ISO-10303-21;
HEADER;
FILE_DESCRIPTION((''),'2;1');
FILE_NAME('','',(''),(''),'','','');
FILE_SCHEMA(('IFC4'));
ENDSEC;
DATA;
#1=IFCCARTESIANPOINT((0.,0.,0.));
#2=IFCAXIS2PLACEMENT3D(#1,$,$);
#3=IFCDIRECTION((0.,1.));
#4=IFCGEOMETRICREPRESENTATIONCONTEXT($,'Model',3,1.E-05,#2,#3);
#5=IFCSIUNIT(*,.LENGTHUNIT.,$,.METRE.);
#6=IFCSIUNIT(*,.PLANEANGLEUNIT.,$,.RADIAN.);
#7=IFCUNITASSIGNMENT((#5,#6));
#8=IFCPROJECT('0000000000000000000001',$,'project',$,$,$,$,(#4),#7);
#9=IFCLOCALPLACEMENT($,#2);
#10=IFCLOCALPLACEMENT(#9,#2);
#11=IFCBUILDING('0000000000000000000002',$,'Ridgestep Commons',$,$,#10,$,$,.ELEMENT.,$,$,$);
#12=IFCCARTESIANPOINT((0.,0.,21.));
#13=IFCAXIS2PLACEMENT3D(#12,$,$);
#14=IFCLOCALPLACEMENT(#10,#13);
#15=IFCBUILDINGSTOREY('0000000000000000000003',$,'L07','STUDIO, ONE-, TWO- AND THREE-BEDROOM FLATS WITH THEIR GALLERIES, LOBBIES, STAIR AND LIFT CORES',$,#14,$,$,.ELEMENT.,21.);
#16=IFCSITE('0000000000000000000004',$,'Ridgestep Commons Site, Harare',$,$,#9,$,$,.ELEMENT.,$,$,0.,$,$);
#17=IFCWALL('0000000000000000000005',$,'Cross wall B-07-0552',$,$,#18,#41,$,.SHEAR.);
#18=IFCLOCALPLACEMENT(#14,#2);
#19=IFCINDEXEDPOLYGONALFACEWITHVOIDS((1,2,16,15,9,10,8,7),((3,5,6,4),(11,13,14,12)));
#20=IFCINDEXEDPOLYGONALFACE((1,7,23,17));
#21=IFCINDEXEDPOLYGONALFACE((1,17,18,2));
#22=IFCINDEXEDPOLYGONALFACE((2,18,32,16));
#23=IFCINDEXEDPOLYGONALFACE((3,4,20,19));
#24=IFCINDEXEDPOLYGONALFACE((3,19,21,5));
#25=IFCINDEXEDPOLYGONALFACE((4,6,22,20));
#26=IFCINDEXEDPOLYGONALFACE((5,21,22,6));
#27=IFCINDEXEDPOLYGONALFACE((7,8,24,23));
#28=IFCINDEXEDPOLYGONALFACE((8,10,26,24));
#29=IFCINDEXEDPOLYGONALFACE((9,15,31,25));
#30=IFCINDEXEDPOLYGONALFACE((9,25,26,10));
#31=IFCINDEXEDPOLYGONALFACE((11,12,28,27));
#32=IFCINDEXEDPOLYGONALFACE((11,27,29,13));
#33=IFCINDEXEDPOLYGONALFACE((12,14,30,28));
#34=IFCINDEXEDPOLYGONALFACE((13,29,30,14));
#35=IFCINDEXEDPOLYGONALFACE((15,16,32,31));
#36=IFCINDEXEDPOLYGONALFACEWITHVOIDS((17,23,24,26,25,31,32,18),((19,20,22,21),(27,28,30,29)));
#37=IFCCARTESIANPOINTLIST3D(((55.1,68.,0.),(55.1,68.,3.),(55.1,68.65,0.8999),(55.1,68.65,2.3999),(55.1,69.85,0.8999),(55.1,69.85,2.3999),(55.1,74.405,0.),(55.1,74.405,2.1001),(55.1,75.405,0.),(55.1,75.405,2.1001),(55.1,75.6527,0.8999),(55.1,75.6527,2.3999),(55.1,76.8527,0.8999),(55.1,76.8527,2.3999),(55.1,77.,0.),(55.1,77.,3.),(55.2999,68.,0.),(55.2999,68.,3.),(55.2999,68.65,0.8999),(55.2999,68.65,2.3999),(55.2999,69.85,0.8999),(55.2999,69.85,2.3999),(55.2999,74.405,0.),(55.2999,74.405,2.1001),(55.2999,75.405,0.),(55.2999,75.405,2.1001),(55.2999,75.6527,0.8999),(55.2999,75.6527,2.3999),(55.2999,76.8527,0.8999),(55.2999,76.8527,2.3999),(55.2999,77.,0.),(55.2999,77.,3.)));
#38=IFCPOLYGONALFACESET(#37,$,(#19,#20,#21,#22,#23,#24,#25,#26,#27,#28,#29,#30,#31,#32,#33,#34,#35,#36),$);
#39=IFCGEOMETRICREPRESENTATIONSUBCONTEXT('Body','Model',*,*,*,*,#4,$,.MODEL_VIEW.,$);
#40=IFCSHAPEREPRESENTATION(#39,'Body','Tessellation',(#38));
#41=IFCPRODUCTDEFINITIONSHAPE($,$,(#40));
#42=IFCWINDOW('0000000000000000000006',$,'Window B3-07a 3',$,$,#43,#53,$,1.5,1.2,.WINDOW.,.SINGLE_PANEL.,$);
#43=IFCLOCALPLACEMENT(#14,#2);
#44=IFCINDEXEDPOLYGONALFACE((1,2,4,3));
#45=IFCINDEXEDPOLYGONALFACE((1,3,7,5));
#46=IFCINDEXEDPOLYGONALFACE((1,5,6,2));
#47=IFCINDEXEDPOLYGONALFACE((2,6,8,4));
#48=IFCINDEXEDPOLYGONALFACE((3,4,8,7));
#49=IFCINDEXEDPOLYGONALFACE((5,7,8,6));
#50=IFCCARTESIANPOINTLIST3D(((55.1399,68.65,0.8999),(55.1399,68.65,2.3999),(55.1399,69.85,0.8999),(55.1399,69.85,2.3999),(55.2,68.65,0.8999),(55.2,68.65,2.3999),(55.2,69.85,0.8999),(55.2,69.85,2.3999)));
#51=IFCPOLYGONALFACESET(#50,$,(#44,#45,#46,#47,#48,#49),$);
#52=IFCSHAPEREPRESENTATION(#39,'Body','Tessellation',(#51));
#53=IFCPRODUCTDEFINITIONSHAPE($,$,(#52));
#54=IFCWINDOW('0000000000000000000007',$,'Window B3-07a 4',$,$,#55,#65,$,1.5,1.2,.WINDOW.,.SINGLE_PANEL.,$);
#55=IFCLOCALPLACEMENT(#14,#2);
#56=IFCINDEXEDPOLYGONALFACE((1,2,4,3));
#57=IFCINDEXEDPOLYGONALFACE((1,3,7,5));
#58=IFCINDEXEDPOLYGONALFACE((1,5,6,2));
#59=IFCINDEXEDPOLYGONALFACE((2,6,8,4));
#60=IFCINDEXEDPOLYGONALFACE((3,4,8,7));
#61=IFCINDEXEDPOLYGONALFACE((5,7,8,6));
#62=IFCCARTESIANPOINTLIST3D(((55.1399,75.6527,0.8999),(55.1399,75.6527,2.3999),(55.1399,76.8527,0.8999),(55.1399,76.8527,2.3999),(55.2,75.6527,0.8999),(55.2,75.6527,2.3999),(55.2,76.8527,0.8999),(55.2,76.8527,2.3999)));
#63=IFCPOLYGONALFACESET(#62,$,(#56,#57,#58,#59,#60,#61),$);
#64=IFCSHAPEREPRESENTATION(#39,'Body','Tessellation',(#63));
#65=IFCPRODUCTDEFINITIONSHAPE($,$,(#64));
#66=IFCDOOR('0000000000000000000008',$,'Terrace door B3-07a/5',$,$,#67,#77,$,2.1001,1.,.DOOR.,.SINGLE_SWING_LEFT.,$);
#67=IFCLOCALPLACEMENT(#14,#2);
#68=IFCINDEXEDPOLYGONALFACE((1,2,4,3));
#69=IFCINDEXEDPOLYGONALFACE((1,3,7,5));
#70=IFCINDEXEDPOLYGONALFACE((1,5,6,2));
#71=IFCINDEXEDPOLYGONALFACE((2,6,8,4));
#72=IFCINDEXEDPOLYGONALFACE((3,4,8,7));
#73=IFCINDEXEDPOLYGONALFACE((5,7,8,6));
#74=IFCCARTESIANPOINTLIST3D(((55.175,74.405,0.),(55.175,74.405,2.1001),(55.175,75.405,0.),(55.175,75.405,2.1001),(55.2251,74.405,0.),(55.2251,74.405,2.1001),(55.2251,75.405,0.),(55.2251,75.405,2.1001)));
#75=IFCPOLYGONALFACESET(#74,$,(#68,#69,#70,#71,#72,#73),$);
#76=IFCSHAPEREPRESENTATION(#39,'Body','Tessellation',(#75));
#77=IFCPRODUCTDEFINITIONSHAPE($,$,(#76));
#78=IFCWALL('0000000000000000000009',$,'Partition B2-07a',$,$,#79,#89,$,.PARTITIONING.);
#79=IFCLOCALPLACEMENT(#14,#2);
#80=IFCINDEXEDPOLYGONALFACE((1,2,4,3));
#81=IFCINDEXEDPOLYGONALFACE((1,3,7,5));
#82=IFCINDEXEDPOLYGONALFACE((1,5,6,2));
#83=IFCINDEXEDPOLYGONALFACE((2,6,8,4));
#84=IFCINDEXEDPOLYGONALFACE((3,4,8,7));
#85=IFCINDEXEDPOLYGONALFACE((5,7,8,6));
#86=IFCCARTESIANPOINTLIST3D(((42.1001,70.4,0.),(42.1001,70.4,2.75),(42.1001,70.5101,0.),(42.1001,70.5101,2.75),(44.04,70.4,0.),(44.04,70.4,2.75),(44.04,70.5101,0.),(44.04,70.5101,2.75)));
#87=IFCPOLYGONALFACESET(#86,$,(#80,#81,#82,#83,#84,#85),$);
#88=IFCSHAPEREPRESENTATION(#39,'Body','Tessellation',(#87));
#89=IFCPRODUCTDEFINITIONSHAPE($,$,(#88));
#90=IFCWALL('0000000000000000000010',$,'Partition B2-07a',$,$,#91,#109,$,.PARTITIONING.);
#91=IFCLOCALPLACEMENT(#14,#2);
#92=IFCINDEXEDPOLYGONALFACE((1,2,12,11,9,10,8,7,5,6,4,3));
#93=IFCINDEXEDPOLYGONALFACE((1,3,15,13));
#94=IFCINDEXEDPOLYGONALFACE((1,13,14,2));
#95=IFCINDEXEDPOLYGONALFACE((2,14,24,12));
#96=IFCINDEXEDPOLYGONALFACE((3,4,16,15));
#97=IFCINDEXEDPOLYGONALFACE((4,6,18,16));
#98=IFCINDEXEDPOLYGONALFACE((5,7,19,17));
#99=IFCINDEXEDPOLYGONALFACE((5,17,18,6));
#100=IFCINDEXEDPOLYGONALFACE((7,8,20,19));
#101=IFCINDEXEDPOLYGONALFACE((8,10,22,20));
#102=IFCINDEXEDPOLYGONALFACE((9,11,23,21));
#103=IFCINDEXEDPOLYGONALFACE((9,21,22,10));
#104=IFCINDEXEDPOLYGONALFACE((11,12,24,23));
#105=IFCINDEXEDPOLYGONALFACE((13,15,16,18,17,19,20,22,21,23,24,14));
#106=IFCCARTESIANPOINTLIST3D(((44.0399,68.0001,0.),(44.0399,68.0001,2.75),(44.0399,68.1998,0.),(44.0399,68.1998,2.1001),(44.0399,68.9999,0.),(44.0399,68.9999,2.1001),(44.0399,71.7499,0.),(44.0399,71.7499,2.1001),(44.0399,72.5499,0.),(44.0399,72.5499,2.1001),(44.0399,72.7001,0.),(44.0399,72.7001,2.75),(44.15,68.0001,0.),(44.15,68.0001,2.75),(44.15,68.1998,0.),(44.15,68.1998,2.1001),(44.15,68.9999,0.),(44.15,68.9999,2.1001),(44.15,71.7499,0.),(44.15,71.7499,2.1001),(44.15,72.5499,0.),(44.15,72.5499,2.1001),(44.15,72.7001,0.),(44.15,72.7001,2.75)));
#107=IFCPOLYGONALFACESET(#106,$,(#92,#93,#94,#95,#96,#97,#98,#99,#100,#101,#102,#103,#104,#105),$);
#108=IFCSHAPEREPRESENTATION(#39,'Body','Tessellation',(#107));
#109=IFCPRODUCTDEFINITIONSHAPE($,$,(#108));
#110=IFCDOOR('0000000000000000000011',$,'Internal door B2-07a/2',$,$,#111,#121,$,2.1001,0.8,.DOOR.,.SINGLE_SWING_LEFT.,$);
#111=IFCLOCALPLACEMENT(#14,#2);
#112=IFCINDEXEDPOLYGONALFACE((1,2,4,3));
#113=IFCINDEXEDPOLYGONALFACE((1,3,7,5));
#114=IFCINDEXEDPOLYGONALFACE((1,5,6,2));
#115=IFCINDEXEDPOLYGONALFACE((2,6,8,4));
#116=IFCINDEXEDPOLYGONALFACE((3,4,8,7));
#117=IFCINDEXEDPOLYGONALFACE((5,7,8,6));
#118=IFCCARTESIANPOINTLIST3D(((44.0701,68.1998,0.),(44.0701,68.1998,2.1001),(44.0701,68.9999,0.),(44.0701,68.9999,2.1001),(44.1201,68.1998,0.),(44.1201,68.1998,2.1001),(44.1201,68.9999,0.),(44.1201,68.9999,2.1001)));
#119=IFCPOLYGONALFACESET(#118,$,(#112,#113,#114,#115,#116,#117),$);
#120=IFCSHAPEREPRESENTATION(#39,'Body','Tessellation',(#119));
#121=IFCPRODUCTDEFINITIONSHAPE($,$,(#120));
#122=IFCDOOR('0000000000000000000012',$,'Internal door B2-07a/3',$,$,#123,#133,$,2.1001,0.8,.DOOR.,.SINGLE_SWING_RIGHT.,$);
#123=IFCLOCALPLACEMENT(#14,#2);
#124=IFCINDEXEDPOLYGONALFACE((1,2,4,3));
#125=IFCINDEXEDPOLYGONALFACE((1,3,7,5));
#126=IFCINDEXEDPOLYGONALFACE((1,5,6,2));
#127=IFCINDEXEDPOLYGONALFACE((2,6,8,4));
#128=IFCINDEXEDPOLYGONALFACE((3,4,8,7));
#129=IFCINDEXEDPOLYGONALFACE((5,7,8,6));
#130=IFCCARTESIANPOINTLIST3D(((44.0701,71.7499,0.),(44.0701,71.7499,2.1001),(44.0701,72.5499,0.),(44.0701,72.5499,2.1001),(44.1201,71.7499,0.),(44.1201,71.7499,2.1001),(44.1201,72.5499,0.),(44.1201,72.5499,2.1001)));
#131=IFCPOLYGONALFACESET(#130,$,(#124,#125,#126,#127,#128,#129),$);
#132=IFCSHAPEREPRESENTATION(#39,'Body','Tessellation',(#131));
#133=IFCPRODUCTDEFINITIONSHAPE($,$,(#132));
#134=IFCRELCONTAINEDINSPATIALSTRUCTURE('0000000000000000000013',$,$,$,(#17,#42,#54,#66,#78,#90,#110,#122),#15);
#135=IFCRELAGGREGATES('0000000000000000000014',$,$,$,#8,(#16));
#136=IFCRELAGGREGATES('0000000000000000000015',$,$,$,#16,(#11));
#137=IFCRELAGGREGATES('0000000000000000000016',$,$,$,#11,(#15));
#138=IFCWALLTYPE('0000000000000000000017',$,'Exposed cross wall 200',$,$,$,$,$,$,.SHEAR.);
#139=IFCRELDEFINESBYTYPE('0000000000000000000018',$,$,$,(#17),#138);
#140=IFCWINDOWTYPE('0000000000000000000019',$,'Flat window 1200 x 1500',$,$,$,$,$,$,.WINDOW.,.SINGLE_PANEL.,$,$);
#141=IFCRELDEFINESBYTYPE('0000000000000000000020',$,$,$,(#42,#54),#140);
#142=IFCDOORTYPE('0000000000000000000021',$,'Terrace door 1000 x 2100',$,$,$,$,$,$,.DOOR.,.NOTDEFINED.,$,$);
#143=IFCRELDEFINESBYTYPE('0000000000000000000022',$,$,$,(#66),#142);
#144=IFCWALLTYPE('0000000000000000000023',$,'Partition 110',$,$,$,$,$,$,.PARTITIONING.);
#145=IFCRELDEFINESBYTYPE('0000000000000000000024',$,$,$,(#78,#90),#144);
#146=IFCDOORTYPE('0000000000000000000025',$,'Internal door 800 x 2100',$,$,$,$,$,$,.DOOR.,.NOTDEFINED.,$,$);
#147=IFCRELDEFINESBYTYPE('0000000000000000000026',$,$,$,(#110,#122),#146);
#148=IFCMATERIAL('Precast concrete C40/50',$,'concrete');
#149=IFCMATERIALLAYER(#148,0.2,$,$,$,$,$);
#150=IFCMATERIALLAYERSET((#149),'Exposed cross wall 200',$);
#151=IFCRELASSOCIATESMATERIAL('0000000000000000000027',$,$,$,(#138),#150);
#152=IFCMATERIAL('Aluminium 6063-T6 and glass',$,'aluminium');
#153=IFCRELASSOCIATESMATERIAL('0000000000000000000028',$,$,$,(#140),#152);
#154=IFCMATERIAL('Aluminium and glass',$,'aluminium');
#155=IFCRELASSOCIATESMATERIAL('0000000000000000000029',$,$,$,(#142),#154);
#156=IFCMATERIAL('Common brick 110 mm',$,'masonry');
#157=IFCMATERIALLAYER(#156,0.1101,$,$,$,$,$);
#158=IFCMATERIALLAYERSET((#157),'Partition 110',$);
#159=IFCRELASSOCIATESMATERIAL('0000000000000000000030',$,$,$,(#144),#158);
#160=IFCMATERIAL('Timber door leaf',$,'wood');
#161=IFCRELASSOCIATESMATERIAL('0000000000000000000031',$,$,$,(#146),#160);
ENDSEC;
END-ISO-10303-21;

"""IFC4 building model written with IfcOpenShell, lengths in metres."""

from ifc_helpers import new_model, si_unit, direction, frame, frame_2d, origin, place, context, subcontext, project, spatial, rectangle, extrude, material, layer, layer_set, type_object, element, fill, save


model = new_model("IFC4")

# Units and contexts
model_context = context("Model", 3, precision=1e-05, world=origin(), true_north=direction((0.0, 1.0)))
body_context = subcontext(model_context, "Body", "Model", "MODEL_VIEW")
ifc_project = project(units=[si_unit("LENGTHUNIT", "METRE"), si_unit("PLANEANGLEUNIT", "RADIAN")], contexts=[model_context])

# Site, building, storey
site_placement = place(None, origin())
site = spatial("IfcSite", under=ifc_project, at=site_placement, Name="Ridgestep Commons Site, Harare", CompositionType="ELEMENT", RefElevation=0.0)
building_placement = place(site_placement, origin())
building = spatial("IfcBuilding", under=site, at=building_placement, Name="Ridgestep Commons", CompositionType="ELEMENT")
storey_placement = place(building_placement, frame((0.0, 0.0, 21.0)))
storey = spatial("IfcBuildingStorey", under=building, at=storey_placement, Name="L07", Description="STUDIO, ONE-, TWO- AND THREE-BEDROOM FLATS WITH THEIR GALLERIES, LOBBIES, STAIR AND LIFT CORES", CompositionType="ELEMENT", Elevation=21.0)

# Wall, openings, windows, door
ifc_material_1 = material(Name="Precast concrete C40/50", Category="concrete")
ifc_layer_1 = layer(ifc_material_1, 0.2)
ifc_layer_set_1 = layer_set([ifc_layer_1], Name="Exposed cross wall 200")
wall_type_1 = type_object("IfcWallType", Name="Exposed cross wall 200", PredefinedType="SHEAR", material=ifc_layer_set_1)
wall_1_placement = place(storey_placement, frame((55.2, 68.0, 0.0), z_axis=(0.0, 0.0, 1.0), x_axis=(0.0, 1.0, 0.0)))
wall_1 = element("IfcWall", 1, at=wall_1_placement, inside=storey, type_object=wall_type_1, Name="Cross wall B-07-0552", PredefinedType="SHEAR", context=body_context, shape_type="SweptSolid", body=[
    extrude(rectangle(XDim=9.0, YDim=0.2, at=frame_2d((4.5, 0.0))), origin(), (0.0, 0.0, 1.0), 3.0),
])
opening_1_placement = place(wall_1_placement, frame((0.6499, 0.0, 0.8999)))
opening_1 = element("IfcOpeningElement", 2, at=opening_1_placement, cuts=wall_1, PredefinedType="OPENING", context=body_context, shape_type="SweptSolid", body=[
    extrude(rectangle(XDim=1.2, YDim=1.5, at=frame_2d((0.6001, 0.75))), frame((0.0, 0.1099, 0.0), z_axis=(0.0, -1.0, 0.0), x_axis=(1.0, 0.0, 0.0)), (0.0, 0.0, 1.0), 0.22),
])
opening_2_placement = place(wall_1_placement, frame((7.6526, 0.0, 0.8999)))
opening_2 = element("IfcOpeningElement", 3, at=opening_2_placement, cuts=wall_1, PredefinedType="OPENING", context=body_context, shape_type="SweptSolid", body=[
    extrude(rectangle(XDim=1.2, YDim=1.5, at=frame_2d((0.6001, 0.75))), frame((0.0, 0.1099, 0.0), z_axis=(0.0, -1.0, 0.0), x_axis=(1.0, 0.0, 0.0)), (0.0, 0.0, 1.0), 0.22),
])
opening_3_placement = place(wall_1_placement, frame((6.405, 0.0, 0.0)))
opening_3 = element("IfcOpeningElement", 4, at=opening_3_placement, cuts=wall_1, PredefinedType="OPENING", context=body_context, shape_type="SweptSolid", body=[
    extrude(rectangle(XDim=1.0, YDim=2.1001, at=frame_2d((0.5, 1.05))), frame((0.0, 0.1099, 0.0), z_axis=(0.0, -1.0, 0.0), x_axis=(1.0, 0.0, 0.0)), (0.0, 0.0, 1.0), 0.22),
])
ifc_material_2 = material(Name="Aluminium 6063-T6 and glass", Category="aluminium")
window_type_1 = type_object("IfcWindowType", Name="Flat window 1200 x 1500", PartitioningType="SINGLE_PANEL", PredefinedType="WINDOW", material=ifc_material_2)
window_1_placement = place(opening_1_placement, origin())
window_1 = element("IfcWindow", 5, at=window_1_placement, inside=storey, type_object=window_type_1, Name="Window B3-07a 3", OverallHeight=1.5, OverallWidth=1.2, PartitioningType="SINGLE_PANEL", PredefinedType="WINDOW", context=body_context, shape_type="SweptSolid", body=[
    extrude(rectangle(XDim=1.2, YDim=1.5, at=frame_2d((0.6001, 0.75))), frame((0.0, 0.0601, 0.0), z_axis=(0.0, -1.0, 0.0), x_axis=(1.0, 0.0, 0.0)), (0.0, 0.0, 1.0), 0.0601),
])
fill(opening_1, window_1)
window_2_placement = place(opening_2_placement, origin())
window_2 = element("IfcWindow", 6, at=window_2_placement, inside=storey, type_object=window_type_1, Name="Window B3-07a 4", OverallHeight=1.5, OverallWidth=1.2, PartitioningType="SINGLE_PANEL", PredefinedType="WINDOW", context=body_context, shape_type="SweptSolid", body=[
    extrude(rectangle(XDim=1.2, YDim=1.5, at=frame_2d((0.6001, 0.75))), frame((0.0, 0.0601, 0.0), z_axis=(0.0, -1.0, 0.0), x_axis=(1.0, 0.0, 0.0)), (0.0, 0.0, 1.0), 0.0601),
])
fill(opening_2, window_2)
ifc_material_3 = material(Name="Aluminium and glass", Category="aluminium")
door_type_1 = type_object("IfcDoorType", Name="Terrace door 1000 x 2100", OperationType="NOTDEFINED", PredefinedType="DOOR", material=ifc_material_3)
door_1_placement = place(opening_3_placement, origin())
door_1 = element("IfcDoor", 7, at=door_1_placement, inside=storey, type_object=door_type_1, Name="Terrace door B3-07a/5", OperationType="SINGLE_SWING_LEFT", OverallHeight=2.1001, OverallWidth=1.0, PredefinedType="DOOR", context=body_context, shape_type="SweptSolid", body=[
    extrude(rectangle(XDim=1.0, YDim=2.1001, at=frame_2d((0.5, 1.05))), frame((0.0, 0.0249, 0.0), z_axis=(0.0, -1.0, 0.0), x_axis=(1.0, 0.0, 0.0)), (0.0, 0.0, 1.0), 0.05),
])
fill(opening_3, door_1)

# Wall
ifc_material_4 = material(Name="Common brick 110 mm", Category="masonry")
ifc_layer_2 = layer(ifc_material_4, 0.1101)
ifc_layer_set_2 = layer_set([ifc_layer_2], Name="Partition 110")
wall_type_2 = type_object("IfcWallType", Name="Partition 110", PredefinedType="PARTITIONING", material=ifc_layer_set_2)
wall_2_placement = place(storey_placement, frame((42.1001, 70.4551, 0.0), z_axis=(0.0, 0.0, 1.0), x_axis=(1.0, 0.0, 0.0)))
element("IfcWall", 8, at=wall_2_placement, inside=storey, type_object=wall_type_2, Name="Partition B2-07a", PredefinedType="PARTITIONING", context=body_context, shape_type="SweptSolid", body=[
    extrude(rectangle(XDim=1.9399, YDim=0.1101, at=frame_2d((0.97, 0.0))), origin(), (0.0, 0.0, 1.0), 2.75),
])

# Wall, openings, doors
wall_3_placement = place(storey_placement, frame((44.095, 68.0, 0.0), z_axis=(0.0, 0.0, 1.0), x_axis=(0.0, 1.0, 0.0)))
wall_3 = element("IfcWall", 9, at=wall_3_placement, inside=storey, type_object=wall_type_2, Name="Partition B2-07a", PredefinedType="PARTITIONING", context=body_context, shape_type="SweptSolid", body=[
    extrude(rectangle(XDim=4.7, YDim=0.1101, at=frame_2d((2.3501, 0.0))), origin(), (0.0, 0.0, 1.0), 2.75),
])
opening_4_placement = place(wall_3_placement, frame((0.2, 0.0, 0.0)))
opening_4 = element("IfcOpeningElement", 10, at=opening_4_placement, cuts=wall_3, PredefinedType="OPENING", context=body_context, shape_type="SweptSolid", body=[
    extrude(rectangle(XDim=0.8, YDim=2.1001, at=frame_2d((0.3999, 1.05))), frame((0.0, 0.0649, 0.0), z_axis=(0.0, -1.0, 0.0), x_axis=(1.0, 0.0, 0.0)), (0.0, 0.0, 1.0), 0.1301),
])
opening_5_placement = place(wall_3_placement, frame((3.75, 0.0, 0.0)))
opening_5 = element("IfcOpeningElement", 11, at=opening_5_placement, cuts=wall_3, PredefinedType="OPENING", context=body_context, shape_type="SweptSolid", body=[
    extrude(rectangle(XDim=0.8, YDim=2.1001, at=frame_2d((0.3999, 1.05))), frame((0.0, 0.0649, 0.0), z_axis=(0.0, -1.0, 0.0), x_axis=(1.0, 0.0, 0.0)), (0.0, 0.0, 1.0), 0.1301),
])
ifc_material_5 = material(Name="Timber door leaf", Category="wood")
door_type_2 = type_object("IfcDoorType", Name="Internal door 800 x 2100", OperationType="NOTDEFINED", PredefinedType="DOOR", material=ifc_material_5)
door_2_placement = place(opening_4_placement, origin())
door_2 = element("IfcDoor", 12, at=door_2_placement, inside=storey, type_object=door_type_2, Name="Internal door B2-07a/2", OperationType="SINGLE_SWING_LEFT", OverallHeight=2.1001, OverallWidth=0.8, PredefinedType="DOOR", context=body_context, shape_type="SweptSolid", body=[
    extrude(rectangle(XDim=0.8, YDim=2.1001, at=frame_2d((0.3999, 1.05))), frame((0.0, 0.0249, 0.0), z_axis=(0.0, -1.0, 0.0), x_axis=(1.0, 0.0, 0.0)), (0.0, 0.0, 1.0), 0.05),
])
fill(opening_4, door_2)
door_3_placement = place(opening_5_placement, origin())
door_3 = element("IfcDoor", 13, at=door_3_placement, inside=storey, type_object=door_type_2, Name="Internal door B2-07a/3", OperationType="SINGLE_SWING_RIGHT", OverallHeight=2.1001, OverallWidth=0.8, PredefinedType="DOOR", context=body_context, shape_type="SweptSolid", body=[
    extrude(rectangle(XDim=0.8, YDim=2.1001, at=frame_2d((0.3999, 1.05))), frame((0.0, 0.0249, 0.0), z_axis=(0.0, -1.0, 0.0), x_axis=(1.0, 0.0, 0.0)), (0.0, 0.0, 1.0), 0.05),
])
fill(opening_5, door_3)

save(model, "model.ifc")
